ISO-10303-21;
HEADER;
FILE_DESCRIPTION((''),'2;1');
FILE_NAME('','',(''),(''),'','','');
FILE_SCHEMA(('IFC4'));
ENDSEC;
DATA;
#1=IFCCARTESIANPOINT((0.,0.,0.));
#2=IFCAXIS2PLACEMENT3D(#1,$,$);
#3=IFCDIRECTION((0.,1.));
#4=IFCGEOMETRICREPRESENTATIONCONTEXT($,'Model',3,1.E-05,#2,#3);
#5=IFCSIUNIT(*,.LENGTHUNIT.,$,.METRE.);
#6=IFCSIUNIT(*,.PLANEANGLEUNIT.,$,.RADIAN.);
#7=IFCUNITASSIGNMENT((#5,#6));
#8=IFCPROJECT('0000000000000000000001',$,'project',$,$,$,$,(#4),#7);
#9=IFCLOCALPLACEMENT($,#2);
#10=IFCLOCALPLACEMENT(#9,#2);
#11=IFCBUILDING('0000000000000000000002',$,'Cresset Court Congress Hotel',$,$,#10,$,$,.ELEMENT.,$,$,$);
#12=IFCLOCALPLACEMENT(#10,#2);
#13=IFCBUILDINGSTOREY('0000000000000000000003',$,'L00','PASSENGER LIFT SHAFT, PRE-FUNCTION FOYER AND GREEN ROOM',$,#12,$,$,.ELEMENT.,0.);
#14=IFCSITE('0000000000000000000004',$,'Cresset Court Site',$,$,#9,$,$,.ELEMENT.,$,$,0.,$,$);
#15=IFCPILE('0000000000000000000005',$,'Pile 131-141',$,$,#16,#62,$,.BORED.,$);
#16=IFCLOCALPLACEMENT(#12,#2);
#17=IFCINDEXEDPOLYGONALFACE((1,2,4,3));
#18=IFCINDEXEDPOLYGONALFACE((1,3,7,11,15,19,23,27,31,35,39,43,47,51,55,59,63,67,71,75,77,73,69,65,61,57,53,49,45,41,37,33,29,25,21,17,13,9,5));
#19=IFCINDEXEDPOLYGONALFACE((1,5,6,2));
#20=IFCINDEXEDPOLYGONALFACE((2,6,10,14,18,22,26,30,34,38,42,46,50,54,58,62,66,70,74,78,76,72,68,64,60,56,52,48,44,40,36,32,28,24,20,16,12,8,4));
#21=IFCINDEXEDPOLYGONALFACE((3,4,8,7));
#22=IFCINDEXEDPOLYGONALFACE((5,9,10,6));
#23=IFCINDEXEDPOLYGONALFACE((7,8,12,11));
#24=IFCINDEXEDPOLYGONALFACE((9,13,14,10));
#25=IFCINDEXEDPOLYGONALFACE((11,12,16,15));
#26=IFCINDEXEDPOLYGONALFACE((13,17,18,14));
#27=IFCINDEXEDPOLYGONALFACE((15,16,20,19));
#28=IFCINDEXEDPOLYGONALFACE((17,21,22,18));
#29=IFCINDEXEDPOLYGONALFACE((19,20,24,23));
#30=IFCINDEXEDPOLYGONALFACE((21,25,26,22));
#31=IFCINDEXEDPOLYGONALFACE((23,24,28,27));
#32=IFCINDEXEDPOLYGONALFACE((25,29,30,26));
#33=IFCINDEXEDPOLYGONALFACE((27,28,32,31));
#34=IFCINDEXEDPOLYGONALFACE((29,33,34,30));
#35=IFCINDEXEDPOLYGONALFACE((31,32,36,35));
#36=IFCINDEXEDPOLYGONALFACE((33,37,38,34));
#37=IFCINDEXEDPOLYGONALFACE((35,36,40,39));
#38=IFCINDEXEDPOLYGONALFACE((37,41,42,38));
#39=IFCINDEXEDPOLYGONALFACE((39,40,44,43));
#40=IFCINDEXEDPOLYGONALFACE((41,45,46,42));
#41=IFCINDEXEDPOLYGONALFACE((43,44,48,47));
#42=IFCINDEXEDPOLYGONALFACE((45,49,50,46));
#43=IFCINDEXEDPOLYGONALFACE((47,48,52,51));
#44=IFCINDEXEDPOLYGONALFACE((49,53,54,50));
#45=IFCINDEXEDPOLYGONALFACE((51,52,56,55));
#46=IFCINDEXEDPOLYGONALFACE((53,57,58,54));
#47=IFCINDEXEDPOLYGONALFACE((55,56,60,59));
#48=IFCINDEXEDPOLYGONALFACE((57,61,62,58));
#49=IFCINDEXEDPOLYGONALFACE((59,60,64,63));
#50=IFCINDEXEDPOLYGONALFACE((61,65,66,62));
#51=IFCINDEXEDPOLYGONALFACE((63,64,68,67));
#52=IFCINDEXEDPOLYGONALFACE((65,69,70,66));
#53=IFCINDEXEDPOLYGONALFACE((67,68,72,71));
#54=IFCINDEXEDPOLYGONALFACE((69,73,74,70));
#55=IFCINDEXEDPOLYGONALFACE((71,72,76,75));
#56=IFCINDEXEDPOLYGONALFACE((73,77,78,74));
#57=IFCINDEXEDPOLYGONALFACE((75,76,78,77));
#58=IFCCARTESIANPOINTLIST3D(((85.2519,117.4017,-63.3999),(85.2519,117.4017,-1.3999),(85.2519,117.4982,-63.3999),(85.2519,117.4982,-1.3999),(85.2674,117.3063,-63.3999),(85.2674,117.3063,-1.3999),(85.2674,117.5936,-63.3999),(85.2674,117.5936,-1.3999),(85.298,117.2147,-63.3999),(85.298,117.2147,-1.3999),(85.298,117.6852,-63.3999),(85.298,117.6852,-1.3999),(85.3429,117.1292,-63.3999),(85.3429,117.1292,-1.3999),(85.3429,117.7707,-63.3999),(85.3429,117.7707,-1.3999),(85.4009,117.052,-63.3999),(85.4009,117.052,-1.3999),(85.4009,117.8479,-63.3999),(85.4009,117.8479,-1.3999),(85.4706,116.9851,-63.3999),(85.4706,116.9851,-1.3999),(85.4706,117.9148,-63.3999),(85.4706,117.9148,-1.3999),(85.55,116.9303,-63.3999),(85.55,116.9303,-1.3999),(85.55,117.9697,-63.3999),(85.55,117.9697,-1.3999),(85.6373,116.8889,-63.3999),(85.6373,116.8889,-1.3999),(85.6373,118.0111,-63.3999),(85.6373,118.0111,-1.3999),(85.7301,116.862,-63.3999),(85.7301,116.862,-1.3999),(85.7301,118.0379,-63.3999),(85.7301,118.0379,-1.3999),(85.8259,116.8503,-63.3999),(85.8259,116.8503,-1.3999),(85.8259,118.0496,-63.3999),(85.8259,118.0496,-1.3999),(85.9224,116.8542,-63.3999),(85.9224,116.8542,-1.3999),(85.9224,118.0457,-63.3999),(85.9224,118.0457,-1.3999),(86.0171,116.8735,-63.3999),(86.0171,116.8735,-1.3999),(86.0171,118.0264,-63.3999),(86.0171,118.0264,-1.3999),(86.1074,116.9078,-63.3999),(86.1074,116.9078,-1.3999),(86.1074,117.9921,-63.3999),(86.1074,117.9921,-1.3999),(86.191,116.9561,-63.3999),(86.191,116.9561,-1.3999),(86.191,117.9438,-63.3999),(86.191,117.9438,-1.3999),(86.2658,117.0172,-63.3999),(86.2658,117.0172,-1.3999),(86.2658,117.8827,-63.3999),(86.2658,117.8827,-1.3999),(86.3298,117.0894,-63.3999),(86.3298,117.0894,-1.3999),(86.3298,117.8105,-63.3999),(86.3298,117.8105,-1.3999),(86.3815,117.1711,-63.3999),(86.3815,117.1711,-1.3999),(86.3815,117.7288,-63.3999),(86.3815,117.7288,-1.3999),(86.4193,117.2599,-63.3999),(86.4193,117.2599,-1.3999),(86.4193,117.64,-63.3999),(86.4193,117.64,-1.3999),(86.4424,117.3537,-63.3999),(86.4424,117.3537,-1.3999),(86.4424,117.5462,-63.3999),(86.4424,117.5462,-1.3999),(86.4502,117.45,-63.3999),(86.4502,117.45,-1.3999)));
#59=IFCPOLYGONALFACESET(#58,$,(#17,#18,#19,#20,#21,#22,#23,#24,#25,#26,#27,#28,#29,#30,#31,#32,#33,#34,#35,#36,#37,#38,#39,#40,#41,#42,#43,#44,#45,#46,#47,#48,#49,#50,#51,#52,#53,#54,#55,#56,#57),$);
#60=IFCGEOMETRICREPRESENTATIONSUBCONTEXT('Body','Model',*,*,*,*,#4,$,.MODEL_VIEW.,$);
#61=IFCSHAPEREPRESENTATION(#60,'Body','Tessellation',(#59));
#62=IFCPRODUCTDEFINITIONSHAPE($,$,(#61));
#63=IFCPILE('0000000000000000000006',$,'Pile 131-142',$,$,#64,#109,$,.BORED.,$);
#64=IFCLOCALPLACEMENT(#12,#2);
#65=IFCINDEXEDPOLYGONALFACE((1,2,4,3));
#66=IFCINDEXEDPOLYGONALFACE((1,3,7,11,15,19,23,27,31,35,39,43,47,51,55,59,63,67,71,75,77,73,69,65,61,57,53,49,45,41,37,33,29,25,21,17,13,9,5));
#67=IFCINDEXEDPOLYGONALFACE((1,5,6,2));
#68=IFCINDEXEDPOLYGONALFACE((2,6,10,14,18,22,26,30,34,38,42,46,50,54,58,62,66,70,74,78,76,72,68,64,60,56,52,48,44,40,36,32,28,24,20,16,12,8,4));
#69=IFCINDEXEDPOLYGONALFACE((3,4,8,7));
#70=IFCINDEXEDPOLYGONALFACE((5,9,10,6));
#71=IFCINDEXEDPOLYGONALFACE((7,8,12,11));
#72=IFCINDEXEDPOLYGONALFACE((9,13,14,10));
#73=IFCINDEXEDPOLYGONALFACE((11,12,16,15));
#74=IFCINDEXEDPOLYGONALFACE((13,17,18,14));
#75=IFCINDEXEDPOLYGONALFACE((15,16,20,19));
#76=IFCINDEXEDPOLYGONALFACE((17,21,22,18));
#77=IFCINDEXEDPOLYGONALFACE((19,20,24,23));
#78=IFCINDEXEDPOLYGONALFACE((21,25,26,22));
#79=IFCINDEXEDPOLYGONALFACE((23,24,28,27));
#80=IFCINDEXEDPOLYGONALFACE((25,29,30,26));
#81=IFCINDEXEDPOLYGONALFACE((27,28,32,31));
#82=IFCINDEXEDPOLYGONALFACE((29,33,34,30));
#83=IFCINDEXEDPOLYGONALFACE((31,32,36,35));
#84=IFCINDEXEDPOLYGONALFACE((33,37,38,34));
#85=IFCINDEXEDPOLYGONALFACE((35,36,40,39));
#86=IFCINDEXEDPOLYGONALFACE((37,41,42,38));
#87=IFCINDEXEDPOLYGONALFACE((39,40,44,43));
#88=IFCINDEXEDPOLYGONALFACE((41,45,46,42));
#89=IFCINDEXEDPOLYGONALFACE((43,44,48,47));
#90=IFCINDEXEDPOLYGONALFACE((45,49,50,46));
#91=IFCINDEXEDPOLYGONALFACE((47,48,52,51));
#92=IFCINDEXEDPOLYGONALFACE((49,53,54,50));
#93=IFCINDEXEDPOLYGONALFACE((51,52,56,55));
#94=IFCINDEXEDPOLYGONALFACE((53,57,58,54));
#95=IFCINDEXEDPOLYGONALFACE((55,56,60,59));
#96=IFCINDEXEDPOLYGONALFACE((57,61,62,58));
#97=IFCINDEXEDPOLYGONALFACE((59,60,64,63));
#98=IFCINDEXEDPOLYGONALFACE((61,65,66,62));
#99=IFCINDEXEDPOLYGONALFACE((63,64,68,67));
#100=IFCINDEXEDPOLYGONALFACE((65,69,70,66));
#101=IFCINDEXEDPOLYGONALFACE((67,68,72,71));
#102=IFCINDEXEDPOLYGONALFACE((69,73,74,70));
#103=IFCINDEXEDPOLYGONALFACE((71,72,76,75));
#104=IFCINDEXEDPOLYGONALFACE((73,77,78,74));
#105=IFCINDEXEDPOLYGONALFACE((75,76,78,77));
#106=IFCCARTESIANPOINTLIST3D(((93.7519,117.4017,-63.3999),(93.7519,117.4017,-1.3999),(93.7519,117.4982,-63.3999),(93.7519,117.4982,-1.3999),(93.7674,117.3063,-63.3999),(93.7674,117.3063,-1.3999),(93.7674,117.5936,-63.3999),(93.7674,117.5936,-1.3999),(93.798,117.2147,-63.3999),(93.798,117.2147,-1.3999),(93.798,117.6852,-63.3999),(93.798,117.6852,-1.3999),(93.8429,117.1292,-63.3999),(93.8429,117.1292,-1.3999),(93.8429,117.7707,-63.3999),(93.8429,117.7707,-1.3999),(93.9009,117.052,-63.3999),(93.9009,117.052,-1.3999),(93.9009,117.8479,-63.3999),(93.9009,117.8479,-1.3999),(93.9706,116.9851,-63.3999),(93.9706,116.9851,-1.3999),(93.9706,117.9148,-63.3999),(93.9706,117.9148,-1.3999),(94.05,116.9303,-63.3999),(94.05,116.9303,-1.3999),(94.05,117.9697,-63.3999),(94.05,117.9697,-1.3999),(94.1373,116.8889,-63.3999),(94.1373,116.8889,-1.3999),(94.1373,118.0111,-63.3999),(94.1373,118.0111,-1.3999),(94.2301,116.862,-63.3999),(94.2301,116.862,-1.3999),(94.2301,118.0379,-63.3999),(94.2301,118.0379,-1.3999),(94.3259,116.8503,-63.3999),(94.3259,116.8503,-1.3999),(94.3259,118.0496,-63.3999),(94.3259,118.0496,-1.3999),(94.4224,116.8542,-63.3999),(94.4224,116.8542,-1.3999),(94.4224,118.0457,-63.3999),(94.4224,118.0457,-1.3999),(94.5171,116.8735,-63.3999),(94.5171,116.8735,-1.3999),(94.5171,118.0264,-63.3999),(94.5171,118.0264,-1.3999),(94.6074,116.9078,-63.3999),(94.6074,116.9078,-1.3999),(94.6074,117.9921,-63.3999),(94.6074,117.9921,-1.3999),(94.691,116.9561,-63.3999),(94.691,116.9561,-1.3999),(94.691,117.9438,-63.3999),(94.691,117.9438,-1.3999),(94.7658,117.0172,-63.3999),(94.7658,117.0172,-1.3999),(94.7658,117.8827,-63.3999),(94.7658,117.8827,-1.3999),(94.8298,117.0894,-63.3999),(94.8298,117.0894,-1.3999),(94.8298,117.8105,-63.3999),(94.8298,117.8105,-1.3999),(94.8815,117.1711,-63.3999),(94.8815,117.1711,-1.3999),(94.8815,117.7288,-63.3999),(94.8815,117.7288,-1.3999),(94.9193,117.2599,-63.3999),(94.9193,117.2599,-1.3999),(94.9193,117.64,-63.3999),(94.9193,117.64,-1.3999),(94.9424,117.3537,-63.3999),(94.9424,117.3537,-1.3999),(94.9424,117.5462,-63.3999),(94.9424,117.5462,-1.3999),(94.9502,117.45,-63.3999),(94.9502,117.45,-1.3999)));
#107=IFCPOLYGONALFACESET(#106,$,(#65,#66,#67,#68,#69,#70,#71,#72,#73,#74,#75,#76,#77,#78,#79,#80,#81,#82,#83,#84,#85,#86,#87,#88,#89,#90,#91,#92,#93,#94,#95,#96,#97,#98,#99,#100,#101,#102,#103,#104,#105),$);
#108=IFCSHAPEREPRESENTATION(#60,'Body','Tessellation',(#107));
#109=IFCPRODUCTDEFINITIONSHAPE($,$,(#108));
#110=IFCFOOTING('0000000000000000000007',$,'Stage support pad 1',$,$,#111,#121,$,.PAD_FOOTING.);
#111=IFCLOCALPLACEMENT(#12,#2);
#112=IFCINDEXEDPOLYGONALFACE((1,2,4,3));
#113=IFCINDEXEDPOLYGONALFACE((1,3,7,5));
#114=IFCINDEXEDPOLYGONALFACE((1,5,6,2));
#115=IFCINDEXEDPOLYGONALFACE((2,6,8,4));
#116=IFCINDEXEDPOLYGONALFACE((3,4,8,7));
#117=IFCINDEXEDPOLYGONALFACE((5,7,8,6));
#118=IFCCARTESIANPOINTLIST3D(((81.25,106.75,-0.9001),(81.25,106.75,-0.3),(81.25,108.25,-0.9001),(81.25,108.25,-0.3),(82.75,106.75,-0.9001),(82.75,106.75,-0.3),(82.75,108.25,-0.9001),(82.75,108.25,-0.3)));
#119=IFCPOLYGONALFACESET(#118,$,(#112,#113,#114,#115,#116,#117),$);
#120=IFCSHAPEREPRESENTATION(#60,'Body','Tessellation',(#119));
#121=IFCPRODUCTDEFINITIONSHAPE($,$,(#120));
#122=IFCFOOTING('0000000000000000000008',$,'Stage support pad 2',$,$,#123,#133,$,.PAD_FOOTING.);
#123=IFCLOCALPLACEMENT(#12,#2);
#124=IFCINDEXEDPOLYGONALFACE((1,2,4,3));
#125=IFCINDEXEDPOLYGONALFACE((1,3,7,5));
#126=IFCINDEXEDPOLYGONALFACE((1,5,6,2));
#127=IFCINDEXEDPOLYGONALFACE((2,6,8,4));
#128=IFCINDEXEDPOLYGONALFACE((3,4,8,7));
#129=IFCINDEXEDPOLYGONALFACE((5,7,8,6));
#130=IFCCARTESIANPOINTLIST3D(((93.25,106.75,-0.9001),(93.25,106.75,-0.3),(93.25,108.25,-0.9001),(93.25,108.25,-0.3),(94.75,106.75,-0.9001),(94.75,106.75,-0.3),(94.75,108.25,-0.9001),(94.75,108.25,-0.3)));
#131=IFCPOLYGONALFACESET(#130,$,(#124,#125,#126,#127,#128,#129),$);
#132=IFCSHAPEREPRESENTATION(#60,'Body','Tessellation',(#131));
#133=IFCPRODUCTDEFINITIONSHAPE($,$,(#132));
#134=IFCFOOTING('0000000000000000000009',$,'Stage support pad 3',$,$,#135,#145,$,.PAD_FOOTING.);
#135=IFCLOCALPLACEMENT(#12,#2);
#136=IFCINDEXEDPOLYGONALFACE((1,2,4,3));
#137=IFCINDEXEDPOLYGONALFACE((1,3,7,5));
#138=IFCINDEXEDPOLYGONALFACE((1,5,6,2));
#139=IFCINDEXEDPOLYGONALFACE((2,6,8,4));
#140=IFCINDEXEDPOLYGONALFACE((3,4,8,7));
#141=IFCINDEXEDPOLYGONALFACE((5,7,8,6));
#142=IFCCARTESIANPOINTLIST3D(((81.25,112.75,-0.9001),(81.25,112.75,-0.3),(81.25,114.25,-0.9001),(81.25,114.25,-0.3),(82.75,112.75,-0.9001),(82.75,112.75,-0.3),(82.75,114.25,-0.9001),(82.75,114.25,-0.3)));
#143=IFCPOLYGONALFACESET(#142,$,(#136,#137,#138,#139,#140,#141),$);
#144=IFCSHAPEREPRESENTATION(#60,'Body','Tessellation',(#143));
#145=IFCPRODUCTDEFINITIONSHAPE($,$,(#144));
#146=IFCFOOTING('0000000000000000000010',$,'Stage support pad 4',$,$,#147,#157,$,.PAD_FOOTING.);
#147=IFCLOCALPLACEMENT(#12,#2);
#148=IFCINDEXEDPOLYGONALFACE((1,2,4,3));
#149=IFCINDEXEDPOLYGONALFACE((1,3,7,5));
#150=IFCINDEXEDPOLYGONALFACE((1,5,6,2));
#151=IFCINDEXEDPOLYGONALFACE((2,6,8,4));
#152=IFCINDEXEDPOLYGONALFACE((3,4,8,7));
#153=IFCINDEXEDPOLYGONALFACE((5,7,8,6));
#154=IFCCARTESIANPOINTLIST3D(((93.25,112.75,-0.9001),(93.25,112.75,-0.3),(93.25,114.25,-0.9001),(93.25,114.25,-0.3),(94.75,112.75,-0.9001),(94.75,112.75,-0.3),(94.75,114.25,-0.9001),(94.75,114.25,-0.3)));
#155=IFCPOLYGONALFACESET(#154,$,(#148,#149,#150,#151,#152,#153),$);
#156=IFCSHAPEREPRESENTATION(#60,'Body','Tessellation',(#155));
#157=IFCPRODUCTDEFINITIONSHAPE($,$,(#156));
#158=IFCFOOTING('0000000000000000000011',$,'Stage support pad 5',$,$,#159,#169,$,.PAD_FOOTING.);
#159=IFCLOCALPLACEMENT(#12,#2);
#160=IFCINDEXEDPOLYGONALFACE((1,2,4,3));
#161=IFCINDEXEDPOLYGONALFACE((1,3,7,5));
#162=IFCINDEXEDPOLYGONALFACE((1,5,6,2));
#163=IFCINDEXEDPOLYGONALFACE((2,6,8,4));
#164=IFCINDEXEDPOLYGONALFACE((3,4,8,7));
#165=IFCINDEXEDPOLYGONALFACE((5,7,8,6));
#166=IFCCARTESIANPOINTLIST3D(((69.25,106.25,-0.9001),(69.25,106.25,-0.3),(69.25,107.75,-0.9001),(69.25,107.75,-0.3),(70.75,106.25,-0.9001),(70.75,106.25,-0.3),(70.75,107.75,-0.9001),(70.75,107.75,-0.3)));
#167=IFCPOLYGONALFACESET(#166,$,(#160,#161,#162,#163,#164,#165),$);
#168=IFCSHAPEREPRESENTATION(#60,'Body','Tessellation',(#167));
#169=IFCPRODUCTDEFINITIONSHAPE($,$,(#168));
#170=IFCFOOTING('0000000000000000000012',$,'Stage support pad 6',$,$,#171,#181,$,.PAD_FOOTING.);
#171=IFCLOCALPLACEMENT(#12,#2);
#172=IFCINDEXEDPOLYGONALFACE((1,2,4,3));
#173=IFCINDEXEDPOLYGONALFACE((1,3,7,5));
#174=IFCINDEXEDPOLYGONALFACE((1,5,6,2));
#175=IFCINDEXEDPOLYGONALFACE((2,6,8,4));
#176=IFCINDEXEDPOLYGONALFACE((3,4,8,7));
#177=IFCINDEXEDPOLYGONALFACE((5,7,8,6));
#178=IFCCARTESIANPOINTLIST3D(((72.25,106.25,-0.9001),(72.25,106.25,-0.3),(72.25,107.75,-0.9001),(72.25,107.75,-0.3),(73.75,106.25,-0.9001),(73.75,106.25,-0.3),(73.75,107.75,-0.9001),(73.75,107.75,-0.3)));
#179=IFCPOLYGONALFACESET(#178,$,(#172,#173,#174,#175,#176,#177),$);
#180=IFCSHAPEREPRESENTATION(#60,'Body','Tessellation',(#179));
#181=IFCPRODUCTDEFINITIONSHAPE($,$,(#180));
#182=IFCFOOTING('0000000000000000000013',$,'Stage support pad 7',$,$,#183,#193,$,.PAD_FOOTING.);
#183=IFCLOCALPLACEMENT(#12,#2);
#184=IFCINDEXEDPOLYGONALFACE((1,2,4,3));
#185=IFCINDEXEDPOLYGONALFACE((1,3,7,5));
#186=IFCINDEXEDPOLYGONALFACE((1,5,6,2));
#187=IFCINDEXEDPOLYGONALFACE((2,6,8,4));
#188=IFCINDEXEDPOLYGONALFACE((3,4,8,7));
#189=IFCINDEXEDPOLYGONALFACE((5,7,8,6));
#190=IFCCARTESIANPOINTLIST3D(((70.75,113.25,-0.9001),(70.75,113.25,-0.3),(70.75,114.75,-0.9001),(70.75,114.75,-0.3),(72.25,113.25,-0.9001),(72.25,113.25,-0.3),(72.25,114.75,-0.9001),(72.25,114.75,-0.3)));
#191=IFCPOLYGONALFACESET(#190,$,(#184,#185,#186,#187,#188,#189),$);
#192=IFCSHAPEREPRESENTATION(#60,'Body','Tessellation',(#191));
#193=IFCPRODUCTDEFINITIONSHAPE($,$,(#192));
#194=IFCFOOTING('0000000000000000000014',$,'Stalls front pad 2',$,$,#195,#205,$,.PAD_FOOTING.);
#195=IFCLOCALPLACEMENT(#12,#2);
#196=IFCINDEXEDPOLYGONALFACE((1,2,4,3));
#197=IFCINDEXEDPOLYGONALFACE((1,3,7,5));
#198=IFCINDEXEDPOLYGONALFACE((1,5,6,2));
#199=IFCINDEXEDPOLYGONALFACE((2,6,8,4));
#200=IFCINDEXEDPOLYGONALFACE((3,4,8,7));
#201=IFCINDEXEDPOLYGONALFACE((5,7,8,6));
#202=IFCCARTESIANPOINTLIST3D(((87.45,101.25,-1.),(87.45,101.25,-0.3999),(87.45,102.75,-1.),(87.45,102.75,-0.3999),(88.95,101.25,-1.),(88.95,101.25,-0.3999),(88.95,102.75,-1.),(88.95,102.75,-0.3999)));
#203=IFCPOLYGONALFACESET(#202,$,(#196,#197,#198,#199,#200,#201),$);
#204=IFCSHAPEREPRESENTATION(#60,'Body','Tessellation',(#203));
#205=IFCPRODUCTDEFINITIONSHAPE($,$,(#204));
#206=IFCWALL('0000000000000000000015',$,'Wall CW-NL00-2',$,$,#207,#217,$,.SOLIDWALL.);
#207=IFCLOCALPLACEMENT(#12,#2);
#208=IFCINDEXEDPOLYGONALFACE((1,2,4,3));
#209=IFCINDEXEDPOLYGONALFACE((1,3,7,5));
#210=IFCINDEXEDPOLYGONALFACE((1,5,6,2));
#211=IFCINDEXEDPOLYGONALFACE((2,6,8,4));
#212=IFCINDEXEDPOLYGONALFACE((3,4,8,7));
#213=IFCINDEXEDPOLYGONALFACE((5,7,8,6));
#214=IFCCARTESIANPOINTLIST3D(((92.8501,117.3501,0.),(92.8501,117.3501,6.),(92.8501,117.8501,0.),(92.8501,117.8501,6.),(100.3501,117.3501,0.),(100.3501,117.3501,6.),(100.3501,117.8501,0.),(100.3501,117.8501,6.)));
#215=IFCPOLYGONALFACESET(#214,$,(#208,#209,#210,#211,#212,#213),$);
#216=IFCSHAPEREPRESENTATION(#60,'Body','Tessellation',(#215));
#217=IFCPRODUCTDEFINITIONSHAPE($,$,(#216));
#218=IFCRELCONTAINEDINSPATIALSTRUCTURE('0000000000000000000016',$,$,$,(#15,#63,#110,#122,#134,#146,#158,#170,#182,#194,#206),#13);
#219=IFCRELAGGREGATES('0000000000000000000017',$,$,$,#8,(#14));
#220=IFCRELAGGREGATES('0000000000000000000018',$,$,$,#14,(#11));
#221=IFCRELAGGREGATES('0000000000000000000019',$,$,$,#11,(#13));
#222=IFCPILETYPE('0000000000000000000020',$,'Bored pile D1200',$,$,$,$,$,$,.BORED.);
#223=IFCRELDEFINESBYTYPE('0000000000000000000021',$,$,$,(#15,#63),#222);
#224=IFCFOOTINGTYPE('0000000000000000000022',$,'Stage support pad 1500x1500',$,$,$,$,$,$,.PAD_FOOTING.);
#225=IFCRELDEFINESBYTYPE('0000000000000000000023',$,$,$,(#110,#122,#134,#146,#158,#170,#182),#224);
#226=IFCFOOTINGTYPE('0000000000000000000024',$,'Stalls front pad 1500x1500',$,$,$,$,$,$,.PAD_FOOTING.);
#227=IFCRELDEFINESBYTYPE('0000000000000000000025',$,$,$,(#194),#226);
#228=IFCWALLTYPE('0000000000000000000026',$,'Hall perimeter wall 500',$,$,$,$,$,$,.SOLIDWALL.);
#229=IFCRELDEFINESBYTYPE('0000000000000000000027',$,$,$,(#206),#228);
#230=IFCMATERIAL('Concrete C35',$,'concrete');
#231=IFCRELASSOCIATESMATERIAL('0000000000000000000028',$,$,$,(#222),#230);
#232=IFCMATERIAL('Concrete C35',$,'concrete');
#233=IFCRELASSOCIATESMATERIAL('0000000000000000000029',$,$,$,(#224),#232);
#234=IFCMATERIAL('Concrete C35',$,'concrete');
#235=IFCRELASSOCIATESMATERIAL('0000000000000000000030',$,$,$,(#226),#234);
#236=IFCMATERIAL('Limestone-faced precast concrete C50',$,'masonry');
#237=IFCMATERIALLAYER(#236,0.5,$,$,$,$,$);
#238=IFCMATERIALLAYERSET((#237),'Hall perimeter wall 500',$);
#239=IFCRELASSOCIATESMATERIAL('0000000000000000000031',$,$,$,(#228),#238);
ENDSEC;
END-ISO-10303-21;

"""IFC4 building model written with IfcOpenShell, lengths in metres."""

from ifc_helpers import new_model, si_unit, direction, frame, frame_2d, origin, origin_2d, place, context, subcontext, project, spatial, rectangle, circle, extrude, material, layer, layer_set, type_object, element, save


model = new_model("IFC4")

# Units and contexts
model_context = context("Model", 3, precision=1e-05, world=origin(), true_north=direction((0.0, 1.0)))
body_context = subcontext(model_context, "Body", "Model", "MODEL_VIEW")
ifc_project = project(units=[si_unit("LENGTHUNIT", "METRE"), si_unit("PLANEANGLEUNIT", "RADIAN")], contexts=[model_context])

# Site, building, storey
site_placement = place(None, origin())
site = spatial("IfcSite", under=ifc_project, at=site_placement, Name="Cresset Court Site", CompositionType="ELEMENT", RefElevation=0.0)
building_placement = place(site_placement, origin())
building = spatial("IfcBuilding", under=site, at=building_placement, Name="Cresset Court Congress Hotel", CompositionType="ELEMENT")
storey_placement = place(building_placement, origin())
storey = spatial("IfcBuildingStorey", under=building, at=storey_placement, Name="L00", Description="PASSENGER LIFT SHAFT, PRE-FUNCTION FOYER AND GREEN ROOM", CompositionType="ELEMENT", Elevation=0.0)

# Piles
ifc_material_1 = material(Name="Concrete C35", Category="concrete")
pile_type = type_object("IfcPileType", Name="Bored pile D1200", PredefinedType="BORED", material=ifc_material_1)
for number, where, z_axis, x_axis, name in (
    (1, (85.8501, 117.45, -1.3999), (0.0, 0.0, -1.0), (1.0, 0.0, 0.0), "Pile 131-141"),
    (2, (94.3501, 117.45, -1.3999), (0.0, 0.0, -1.0), (1.0, 0.0, 0.0), "Pile 131-142"),
):
    element("IfcPile", number, at=place(storey_placement, frame(where, z_axis=z_axis, x_axis=x_axis)), inside=storey, type_object=pile_type, Name=name, PredefinedType="BORED", context=body_context, shape_type="SweptSolid", body=[
        extrude(circle(Radius=0.6001, at=origin_2d()), origin(), (0.0, 0.0, 1.0), 62.0),
    ])

# Footings
ifc_material_2 = material(Name="Concrete C35", Category="concrete")
footing_type_1 = type_object("IfcFootingType", Name="Stage support pad 1500x1500", PredefinedType="PAD_FOOTING", material=ifc_material_2)
for number, where, z_axis, x_axis, name in (
    (3, (82.0, 107.5, -0.9001), (0.0, 0.0, 1.0), (1.0, 0.0, 0.0), "Stage support pad 1"),
    (4, (94.0, 107.5, -0.9001), (0.0, 0.0, 1.0), (1.0, 0.0, 0.0), "Stage support pad 2"),
    (5, (82.0, 113.5, -0.9001), (0.0, 0.0, 1.0), (1.0, 0.0, 0.0), "Stage support pad 3"),
    (6, (94.0, 113.5, -0.9001), (0.0, 0.0, 1.0), (1.0, 0.0, 0.0), "Stage support pad 4"),
    (7, (70.0, 107.0, -0.9001), (0.0, 0.0, 1.0), (1.0, 0.0, 0.0), "Stage support pad 5"),
    (8, (73.0, 107.0, -0.9001), (0.0, 0.0, 1.0), (1.0, 0.0, 0.0), "Stage support pad 6"),
    (9, (71.5, 114.0, -0.9001), (0.0, 0.0, 1.0), (1.0, 0.0, 0.0), "Stage support pad 7"),
):
    element("IfcFooting", number, at=place(storey_placement, frame(where, z_axis=z_axis, x_axis=x_axis)), inside=storey, type_object=footing_type_1, Name=name, PredefinedType="PAD_FOOTING", context=body_context, shape_type="SweptSolid", body=[
        extrude(rectangle(XDim=1.5, YDim=1.5, at=origin_2d()), origin(), (0.0, 0.0, 1.0), 0.6001),
    ])
ifc_material_3 = material(Name="Concrete C35", Category="concrete")
footing_type_2 = type_object("IfcFootingType", Name="Stalls front pad 1500x1500", PredefinedType="PAD_FOOTING", material=ifc_material_3)
footing_placement = place(storey_placement, frame((88.2, 102.0, -1.0), z_axis=(0.0, 0.0, 1.0), x_axis=(1.0, 0.0, 0.0)))
element("IfcFooting", 10, at=footing_placement, inside=storey, type_object=footing_type_2, Name="Stalls front pad 2", PredefinedType="PAD_FOOTING", context=body_context, shape_type="SweptSolid", body=[
    extrude(rectangle(XDim=1.5, YDim=1.5, at=origin_2d()), origin(), (0.0, 0.0, 1.0), 0.6001),
])

# Wall
ifc_material_4 = material(Name="Limestone-faced precast concrete C50", Category="masonry")
ifc_layer_1 = layer(ifc_material_4, 0.5)
ifc_layer_set_1 = layer_set([ifc_layer_1], Name="Hall perimeter wall 500")
wall_type_1 = type_object("IfcWallType", Name="Hall perimeter wall 500", PredefinedType="SOLIDWALL", material=ifc_layer_set_1)
for number, where, z_axis, x_axis, name in (
    (11, (92.8501, 117.6001, 0.0), (0.0, 0.0, 1.0), (1.0, 0.0, 0.0), "Wall CW-NL00-2"),
):
    element("IfcWall", number, at=place(storey_placement, frame(where, z_axis=z_axis, x_axis=x_axis)), inside=storey, type_object=wall_type_1, Name=name, PredefinedType="SOLIDWALL", context=body_context, shape_type="SweptSolid", body=[
        extrude(rectangle(XDim=7.5, YDim=0.5, at=frame_2d((3.75, 0.0))), origin(), (0.0, 0.0, 1.0), 6.0),
    ])

save(model, "model.ifc")
